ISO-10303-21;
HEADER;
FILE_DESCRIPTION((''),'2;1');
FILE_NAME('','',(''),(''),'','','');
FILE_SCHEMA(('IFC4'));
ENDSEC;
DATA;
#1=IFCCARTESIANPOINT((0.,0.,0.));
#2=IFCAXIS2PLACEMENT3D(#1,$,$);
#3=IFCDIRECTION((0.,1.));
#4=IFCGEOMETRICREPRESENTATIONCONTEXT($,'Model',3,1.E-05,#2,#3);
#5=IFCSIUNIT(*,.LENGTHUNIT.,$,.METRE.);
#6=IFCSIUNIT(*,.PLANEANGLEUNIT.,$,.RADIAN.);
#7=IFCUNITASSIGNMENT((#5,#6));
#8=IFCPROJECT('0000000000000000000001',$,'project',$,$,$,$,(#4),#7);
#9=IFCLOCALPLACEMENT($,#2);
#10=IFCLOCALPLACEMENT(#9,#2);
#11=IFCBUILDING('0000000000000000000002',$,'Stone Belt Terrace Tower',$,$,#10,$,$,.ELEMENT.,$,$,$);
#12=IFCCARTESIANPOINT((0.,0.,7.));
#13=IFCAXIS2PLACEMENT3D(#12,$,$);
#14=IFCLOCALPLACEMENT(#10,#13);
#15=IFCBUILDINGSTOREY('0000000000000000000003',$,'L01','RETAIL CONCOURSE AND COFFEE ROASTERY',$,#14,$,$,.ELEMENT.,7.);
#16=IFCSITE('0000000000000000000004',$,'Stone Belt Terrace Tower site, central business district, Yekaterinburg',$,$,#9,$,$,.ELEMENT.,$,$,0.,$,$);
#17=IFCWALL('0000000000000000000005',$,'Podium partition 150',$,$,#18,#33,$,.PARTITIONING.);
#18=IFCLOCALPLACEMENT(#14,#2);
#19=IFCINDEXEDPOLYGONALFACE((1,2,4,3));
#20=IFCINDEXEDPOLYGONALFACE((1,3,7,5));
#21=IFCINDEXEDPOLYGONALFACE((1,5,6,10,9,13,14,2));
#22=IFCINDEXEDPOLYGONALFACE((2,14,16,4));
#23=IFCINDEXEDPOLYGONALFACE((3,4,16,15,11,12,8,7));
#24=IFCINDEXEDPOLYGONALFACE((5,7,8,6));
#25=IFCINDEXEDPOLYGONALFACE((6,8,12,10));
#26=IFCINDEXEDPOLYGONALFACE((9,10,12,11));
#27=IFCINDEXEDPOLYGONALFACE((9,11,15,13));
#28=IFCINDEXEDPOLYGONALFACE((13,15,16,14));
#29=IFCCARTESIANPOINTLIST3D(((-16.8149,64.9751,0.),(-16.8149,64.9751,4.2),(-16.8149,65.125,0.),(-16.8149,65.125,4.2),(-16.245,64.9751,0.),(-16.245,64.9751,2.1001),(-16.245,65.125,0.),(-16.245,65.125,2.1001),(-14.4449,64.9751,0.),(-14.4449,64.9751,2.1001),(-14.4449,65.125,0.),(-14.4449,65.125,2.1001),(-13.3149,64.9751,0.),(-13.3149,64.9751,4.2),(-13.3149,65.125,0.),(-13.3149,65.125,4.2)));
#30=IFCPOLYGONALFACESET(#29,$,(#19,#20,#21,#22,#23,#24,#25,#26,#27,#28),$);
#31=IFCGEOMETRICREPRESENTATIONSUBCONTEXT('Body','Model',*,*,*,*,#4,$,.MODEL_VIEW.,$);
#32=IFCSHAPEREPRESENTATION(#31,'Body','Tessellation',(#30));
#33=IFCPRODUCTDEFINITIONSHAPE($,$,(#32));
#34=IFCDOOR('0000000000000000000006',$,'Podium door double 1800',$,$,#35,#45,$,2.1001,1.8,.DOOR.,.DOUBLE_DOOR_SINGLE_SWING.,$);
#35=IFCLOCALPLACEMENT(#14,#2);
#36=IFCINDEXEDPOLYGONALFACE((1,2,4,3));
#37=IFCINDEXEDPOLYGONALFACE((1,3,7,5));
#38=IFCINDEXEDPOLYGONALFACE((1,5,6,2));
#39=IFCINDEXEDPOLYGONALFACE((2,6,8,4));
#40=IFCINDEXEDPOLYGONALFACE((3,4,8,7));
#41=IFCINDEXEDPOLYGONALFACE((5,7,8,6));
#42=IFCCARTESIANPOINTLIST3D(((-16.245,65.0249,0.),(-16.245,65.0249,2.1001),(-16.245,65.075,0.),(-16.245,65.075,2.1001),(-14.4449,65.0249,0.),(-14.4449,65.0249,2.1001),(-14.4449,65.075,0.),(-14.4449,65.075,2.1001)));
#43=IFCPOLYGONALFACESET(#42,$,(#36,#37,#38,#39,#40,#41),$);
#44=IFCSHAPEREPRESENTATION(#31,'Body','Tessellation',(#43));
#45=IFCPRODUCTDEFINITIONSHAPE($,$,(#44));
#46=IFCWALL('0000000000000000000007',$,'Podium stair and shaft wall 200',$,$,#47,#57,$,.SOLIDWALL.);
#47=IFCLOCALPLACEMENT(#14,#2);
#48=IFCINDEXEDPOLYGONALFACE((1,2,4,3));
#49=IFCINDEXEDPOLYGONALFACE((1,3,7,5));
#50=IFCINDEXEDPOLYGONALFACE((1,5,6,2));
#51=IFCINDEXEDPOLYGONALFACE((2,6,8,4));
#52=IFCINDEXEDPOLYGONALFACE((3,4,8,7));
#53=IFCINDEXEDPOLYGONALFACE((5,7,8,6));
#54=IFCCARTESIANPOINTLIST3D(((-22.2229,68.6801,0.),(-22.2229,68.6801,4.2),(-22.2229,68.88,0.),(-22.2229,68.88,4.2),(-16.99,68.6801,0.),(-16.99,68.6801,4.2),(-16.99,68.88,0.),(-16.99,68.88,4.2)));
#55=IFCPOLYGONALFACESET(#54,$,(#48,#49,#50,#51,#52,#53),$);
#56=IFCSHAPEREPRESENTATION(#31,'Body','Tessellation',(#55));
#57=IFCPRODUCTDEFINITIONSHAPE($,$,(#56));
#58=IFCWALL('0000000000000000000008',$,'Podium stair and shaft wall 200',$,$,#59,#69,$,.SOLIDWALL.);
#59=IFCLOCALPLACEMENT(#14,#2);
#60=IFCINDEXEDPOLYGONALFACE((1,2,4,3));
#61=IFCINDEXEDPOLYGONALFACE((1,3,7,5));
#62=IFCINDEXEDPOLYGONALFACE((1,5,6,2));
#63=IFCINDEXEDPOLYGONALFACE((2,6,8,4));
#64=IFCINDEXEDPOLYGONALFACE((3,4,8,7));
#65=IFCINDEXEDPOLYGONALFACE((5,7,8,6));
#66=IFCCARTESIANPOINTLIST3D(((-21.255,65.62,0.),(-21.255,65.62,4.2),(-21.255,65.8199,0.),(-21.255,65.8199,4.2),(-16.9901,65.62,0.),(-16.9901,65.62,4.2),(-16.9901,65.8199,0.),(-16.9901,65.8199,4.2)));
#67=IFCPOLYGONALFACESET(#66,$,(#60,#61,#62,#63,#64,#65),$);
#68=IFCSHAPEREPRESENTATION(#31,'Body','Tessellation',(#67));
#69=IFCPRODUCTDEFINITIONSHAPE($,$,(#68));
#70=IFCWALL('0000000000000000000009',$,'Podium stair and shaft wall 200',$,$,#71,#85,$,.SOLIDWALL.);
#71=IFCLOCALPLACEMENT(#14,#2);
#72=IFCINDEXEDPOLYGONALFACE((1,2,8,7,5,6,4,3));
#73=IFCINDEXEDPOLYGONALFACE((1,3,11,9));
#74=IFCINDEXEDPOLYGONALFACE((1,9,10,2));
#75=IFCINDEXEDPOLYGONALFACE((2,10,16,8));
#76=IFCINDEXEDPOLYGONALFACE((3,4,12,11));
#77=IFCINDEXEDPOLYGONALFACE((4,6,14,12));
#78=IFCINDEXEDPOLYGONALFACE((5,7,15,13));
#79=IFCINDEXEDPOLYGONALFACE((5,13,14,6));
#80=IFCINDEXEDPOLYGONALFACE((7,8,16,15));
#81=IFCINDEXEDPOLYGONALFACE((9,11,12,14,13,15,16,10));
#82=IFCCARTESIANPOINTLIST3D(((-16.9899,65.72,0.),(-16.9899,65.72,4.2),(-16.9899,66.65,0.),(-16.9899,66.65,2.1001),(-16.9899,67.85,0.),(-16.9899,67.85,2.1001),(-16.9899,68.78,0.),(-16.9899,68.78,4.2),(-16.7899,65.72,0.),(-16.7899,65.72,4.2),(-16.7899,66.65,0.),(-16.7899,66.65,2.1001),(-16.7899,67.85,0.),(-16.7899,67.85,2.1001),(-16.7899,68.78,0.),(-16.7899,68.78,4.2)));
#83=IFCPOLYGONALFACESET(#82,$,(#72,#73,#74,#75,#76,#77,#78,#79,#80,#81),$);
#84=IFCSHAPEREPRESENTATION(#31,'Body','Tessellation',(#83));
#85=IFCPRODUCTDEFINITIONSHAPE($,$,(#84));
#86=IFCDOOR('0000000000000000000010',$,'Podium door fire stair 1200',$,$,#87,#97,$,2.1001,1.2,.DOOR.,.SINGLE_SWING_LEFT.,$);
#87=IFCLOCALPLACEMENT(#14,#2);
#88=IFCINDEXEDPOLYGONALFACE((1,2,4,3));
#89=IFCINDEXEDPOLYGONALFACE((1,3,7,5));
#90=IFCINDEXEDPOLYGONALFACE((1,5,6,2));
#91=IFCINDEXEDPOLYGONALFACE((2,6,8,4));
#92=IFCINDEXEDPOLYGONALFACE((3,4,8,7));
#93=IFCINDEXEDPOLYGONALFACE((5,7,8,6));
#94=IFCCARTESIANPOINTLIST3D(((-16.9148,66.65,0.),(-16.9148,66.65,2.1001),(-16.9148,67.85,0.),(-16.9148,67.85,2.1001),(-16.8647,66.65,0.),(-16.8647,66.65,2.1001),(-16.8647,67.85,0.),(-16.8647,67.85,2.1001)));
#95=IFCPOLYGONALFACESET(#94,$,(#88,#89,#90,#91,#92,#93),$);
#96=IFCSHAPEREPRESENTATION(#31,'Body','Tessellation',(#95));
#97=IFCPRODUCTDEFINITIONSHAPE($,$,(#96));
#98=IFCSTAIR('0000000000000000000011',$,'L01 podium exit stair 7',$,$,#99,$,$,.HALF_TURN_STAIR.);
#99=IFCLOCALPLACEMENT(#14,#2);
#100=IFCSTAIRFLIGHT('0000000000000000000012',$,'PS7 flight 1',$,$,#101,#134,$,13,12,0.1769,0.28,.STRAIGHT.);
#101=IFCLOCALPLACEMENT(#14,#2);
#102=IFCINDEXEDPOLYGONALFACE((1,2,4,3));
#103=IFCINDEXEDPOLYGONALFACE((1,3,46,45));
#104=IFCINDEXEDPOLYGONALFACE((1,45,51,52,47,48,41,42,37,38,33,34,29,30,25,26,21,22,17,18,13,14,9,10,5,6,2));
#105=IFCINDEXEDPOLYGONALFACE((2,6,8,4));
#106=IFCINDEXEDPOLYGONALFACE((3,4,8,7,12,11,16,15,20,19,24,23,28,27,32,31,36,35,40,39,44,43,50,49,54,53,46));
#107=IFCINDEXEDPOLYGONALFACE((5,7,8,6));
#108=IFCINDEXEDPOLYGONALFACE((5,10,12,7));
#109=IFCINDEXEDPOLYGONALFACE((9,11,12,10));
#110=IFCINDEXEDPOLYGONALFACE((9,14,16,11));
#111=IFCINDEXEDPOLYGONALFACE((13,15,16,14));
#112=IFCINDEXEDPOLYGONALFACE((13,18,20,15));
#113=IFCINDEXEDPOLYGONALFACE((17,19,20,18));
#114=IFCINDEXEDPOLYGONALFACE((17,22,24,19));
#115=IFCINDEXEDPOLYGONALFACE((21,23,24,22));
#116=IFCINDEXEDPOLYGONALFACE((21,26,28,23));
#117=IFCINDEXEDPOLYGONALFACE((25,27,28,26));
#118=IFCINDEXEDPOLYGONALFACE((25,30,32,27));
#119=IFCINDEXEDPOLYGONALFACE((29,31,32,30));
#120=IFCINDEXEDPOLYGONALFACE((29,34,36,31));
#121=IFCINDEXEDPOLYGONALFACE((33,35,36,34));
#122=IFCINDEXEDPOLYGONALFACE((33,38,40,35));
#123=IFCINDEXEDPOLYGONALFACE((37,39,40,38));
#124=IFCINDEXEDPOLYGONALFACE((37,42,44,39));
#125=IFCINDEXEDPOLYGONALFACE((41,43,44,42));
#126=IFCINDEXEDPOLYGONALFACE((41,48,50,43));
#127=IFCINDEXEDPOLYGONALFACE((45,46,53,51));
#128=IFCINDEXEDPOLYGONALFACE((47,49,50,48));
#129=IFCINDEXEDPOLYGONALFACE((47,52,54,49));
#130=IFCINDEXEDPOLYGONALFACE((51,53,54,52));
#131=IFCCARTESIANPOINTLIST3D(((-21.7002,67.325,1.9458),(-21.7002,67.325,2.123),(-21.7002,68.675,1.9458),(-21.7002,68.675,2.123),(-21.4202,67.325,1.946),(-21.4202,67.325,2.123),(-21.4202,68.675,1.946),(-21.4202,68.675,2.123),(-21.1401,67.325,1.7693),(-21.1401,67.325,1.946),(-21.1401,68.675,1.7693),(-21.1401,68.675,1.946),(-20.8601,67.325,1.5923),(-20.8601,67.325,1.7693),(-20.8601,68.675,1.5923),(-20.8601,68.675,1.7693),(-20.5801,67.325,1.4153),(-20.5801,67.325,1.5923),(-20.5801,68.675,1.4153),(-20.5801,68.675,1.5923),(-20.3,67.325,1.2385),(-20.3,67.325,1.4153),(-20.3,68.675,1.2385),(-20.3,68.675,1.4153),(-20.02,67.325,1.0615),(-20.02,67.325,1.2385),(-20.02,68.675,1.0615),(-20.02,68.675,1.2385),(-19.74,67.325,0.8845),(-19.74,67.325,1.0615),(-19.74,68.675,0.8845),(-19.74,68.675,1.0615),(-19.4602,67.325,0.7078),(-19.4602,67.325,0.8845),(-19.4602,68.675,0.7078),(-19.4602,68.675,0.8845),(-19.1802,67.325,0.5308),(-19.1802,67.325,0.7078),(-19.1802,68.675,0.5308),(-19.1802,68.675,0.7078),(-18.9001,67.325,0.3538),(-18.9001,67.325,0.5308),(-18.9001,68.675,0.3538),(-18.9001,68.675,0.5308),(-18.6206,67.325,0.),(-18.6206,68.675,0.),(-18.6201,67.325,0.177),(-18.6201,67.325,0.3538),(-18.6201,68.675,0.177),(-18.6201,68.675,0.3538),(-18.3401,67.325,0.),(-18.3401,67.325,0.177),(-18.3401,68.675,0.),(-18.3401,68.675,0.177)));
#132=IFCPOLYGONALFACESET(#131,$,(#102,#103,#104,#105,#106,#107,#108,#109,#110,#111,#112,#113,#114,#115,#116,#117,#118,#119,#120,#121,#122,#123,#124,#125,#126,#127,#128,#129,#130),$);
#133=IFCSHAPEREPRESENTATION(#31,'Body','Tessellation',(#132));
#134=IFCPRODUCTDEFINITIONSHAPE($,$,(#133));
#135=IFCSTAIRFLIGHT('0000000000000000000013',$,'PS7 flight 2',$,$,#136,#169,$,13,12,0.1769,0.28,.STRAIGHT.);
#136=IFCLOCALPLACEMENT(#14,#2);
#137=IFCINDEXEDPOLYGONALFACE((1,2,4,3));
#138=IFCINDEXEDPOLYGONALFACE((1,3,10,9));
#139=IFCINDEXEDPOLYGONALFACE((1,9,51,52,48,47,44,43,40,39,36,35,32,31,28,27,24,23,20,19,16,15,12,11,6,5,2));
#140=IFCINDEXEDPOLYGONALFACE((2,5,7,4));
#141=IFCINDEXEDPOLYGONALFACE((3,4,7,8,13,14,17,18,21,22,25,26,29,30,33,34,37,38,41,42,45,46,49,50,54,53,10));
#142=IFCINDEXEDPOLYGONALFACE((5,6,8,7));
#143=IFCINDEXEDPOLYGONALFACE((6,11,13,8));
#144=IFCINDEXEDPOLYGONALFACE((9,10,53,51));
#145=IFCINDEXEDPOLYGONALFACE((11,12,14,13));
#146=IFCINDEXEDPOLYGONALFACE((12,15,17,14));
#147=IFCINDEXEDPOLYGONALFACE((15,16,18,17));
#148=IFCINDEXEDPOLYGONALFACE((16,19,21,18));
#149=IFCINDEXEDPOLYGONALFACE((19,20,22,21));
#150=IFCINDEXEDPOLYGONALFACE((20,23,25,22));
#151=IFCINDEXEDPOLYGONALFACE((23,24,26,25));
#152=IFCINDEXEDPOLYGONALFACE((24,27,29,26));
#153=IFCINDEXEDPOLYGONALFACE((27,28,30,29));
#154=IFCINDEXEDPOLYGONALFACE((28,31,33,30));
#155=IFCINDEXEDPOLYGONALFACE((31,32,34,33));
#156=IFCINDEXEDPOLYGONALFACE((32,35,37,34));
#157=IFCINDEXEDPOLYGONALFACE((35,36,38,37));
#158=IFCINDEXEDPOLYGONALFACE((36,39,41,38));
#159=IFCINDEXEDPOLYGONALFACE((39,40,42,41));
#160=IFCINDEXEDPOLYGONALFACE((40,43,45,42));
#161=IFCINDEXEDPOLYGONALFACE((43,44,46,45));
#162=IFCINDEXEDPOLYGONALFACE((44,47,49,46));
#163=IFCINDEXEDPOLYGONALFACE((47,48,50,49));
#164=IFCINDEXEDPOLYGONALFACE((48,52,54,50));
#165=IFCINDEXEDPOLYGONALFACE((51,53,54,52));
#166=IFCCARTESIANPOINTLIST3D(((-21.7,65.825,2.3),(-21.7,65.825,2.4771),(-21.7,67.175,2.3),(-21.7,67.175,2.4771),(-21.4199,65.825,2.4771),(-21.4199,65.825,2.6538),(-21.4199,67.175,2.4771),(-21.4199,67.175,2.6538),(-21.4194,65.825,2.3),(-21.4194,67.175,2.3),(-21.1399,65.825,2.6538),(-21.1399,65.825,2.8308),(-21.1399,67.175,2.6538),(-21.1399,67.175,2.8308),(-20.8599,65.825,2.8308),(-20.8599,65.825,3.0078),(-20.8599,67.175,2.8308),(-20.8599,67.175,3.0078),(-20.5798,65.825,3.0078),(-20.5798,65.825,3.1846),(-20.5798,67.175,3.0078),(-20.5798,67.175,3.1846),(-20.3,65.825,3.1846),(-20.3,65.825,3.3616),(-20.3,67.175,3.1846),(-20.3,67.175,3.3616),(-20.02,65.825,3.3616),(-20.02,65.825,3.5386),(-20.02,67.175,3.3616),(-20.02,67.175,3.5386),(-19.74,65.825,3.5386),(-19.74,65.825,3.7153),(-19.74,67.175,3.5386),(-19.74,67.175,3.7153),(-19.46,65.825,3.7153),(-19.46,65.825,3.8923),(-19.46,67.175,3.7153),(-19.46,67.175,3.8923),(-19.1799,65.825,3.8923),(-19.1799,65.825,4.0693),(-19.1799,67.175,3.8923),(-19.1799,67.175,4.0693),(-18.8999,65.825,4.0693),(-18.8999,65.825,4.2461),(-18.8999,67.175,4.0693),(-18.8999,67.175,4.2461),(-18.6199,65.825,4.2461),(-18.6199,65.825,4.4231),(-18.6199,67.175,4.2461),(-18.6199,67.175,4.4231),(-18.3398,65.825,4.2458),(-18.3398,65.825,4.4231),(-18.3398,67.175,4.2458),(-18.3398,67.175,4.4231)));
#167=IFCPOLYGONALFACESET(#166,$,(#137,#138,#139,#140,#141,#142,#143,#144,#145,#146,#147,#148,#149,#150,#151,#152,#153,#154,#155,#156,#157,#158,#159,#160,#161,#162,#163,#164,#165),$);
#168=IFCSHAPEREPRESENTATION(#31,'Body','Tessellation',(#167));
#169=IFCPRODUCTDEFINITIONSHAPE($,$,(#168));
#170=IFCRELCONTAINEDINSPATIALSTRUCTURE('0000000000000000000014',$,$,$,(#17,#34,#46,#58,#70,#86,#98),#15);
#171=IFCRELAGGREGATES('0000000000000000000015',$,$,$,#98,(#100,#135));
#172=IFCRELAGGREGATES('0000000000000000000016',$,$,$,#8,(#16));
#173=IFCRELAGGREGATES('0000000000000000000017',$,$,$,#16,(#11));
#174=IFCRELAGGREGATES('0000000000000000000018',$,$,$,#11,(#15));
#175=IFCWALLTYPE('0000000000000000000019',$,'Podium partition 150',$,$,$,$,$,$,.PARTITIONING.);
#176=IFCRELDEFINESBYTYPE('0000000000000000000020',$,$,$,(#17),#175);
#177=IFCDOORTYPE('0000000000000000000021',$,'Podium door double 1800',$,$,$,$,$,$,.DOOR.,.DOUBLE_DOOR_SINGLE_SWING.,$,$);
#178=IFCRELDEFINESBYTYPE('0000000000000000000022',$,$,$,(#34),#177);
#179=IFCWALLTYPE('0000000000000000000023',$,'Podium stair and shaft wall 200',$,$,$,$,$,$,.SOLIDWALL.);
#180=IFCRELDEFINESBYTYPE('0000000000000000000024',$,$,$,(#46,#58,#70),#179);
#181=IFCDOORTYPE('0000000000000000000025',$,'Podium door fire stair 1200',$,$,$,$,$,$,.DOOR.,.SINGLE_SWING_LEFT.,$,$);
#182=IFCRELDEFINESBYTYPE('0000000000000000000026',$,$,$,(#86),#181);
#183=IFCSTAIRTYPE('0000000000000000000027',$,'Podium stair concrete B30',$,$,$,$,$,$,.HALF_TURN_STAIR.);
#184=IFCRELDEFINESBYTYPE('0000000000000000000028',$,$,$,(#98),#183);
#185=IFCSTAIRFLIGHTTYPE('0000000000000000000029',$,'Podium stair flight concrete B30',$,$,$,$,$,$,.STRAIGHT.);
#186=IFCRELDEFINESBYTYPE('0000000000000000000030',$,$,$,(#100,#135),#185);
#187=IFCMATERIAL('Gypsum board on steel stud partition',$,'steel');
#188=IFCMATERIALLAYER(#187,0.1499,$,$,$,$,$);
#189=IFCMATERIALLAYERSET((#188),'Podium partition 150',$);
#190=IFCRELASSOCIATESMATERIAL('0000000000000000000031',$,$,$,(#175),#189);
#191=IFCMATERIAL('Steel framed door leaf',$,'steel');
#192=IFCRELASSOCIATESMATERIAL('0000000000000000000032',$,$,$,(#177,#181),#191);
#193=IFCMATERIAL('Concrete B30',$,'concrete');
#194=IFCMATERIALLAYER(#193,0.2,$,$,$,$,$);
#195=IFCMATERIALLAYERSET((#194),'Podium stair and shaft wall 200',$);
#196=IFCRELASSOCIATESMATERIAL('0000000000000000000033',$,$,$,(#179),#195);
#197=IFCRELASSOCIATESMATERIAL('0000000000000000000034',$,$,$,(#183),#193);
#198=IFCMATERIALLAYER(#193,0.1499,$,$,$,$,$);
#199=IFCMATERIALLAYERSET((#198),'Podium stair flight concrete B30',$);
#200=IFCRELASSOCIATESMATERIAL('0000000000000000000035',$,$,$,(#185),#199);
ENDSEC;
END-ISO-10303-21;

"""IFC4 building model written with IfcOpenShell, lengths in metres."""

from ifc_helpers import new_model, si_unit, direction, frame, frame_2d, origin, place, context, subcontext, project, spatial, polyline, rectangle, outline, extrude, material, layer, layer_set, type_object, element, fill, aggregate, save


model = new_model("IFC4")

# Units and contexts
model_context = context("Model", 3, precision=1e-05, world=origin(), true_north=direction((0.0, 1.0)))
body_context = subcontext(model_context, "Body", "Model", "MODEL_VIEW")
ifc_project = project(units=[si_unit("LENGTHUNIT", "METRE"), si_unit("PLANEANGLEUNIT", "RADIAN")], contexts=[model_context])

# Site, building, storey
site_placement = place(None, origin())
site = spatial("IfcSite", under=ifc_project, at=site_placement, Name="Stone Belt Terrace Tower site, central business district, Yekaterinburg", CompositionType="ELEMENT", RefElevation=0.0)
building_placement = place(site_placement, origin())
building = spatial("IfcBuilding", under=site, at=building_placement, Name="Stone Belt Terrace Tower", CompositionType="ELEMENT")
storey_placement = place(building_placement, frame((0.0, 0.0, 7.0)))
storey = spatial("IfcBuildingStorey", under=building, at=storey_placement, Name="L01", Description="RETAIL CONCOURSE AND COFFEE ROASTERY", CompositionType="ELEMENT", Elevation=7.0)

# Shared definitions
ifc_material_1 = material(Name="Steel framed door leaf", Category="steel")

# Shared definitions
ifc_material_2 = material(Name="Gypsum board on steel stud partition", Category="steel")
ifc_layer_1 = layer(ifc_material_2, 0.1499)
ifc_layer_set_1 = layer_set([ifc_layer_1], Name="Podium partition 150")
wall_type_1 = type_object("IfcWallType", Name="Podium partition 150", PredefinedType="PARTITIONING", material=ifc_layer_set_1)

# Wall, opening, door
wall_1_placement = place(storey_placement, frame((-16.8149, 65.05, 0.0), z_axis=(0.0, 0.0, 1.0), x_axis=(1.0, 0.0, 0.0)))
wall_1 = element("IfcWall", 1, at=wall_1_placement, inside=storey, type_object=wall_type_1, Name="Podium partition 150", PredefinedType="PARTITIONING", context=body_context, shape_type="SweptSolid", body=[
    extrude(rectangle(XDim=3.5, YDim=0.1499, at=frame_2d((1.75, 0.0))), origin(), (0.0, 0.0, 1.0), 4.2),
])
opening_1_placement = place(wall_1_placement, frame((0.5701, 0.0, 0.0)))
opening_1 = element("IfcOpeningElement", 2, at=opening_1_placement, cuts=wall_1, PredefinedType="OPENING", context=body_context, shape_type="SweptSolid", body=[
    extrude(rectangle(XDim=1.8, YDim=2.1001, at=frame_2d((0.8999, 1.05))), frame((0.0, 0.085, 0.0), z_axis=(0.0, -1.0, 0.0), x_axis=(1.0, 0.0, 0.0)), (0.0, 0.0, 1.0), 0.1699),
])
door_type_1 = type_object("IfcDoorType", Name="Podium door double 1800", OperationType="DOUBLE_DOOR_SINGLE_SWING", PredefinedType="DOOR", material=ifc_material_1)
door_1_placement = place(opening_1_placement, origin())
door_1 = element("IfcDoor", 3, at=door_1_placement, inside=storey, type_object=door_type_1, Name="Podium door double 1800", OperationType="DOUBLE_DOOR_SINGLE_SWING", OverallHeight=2.1001, OverallWidth=1.8, PredefinedType="DOOR", context=body_context, shape_type="SweptSolid", body=[
    extrude(rectangle(XDim=1.8, YDim=2.1001, at=frame_2d((0.8999, 1.05))), frame((0.0, 0.0249, 0.0), z_axis=(0.0, -1.0, 0.0), x_axis=(1.0, 0.0, 0.0)), (0.0, 0.0, 1.0), 0.05),
])
fill(opening_1, door_1)

# Walls
ifc_material_3 = material(Name="Concrete B30", Category="concrete")
ifc_layer_2 = layer(ifc_material_3, 0.2)
ifc_layer_set_2 = layer_set([ifc_layer_2], Name="Podium stair and shaft wall 200")
wall_type_2 = type_object("IfcWallType", Name="Podium stair and shaft wall 200", PredefinedType="SOLIDWALL", material=ifc_layer_set_2)
wall_2_placement = place(storey_placement, frame((-22.2229, 68.78, 0.0), z_axis=(0.0, 0.0, 1.0), x_axis=(1.0, 0.0, 0.0)))
element("IfcWall", 4, at=wall_2_placement, inside=storey, type_object=wall_type_2, Name="Podium stair and shaft wall 200", PredefinedType="SOLIDWALL", context=body_context, shape_type="SweptSolid", body=[
    extrude(rectangle(XDim=5.2329, YDim=0.2, at=frame_2d((2.6165, 0.0))), origin(), (0.0, 0.0, 1.0), 4.2),
])
wall_3_placement = place(storey_placement, frame((-21.2549, 65.72, 0.0), z_axis=(0.0, 0.0, 1.0), x_axis=(1.0, 0.0, 0.0)))
element("IfcWall", 5, at=wall_3_placement, inside=storey, type_object=wall_type_2, Name="Podium stair and shaft wall 200", PredefinedType="SOLIDWALL", context=body_context, shape_type="SweptSolid", body=[
    extrude(rectangle(XDim=4.2649, YDim=0.2, at=frame_2d((2.1323, 0.0))), origin(), (0.0, 0.0, 1.0), 4.2),
])

# Wall, opening, door
wall_4_placement = place(storey_placement, frame((-16.8899, 65.72, 0.0), z_axis=(0.0, 0.0, 1.0), x_axis=(0.0, 1.0, 0.0)))
wall_4 = element("IfcWall", 6, at=wall_4_placement, inside=storey, type_object=wall_type_2, Name="Podium stair and shaft wall 200", PredefinedType="SOLIDWALL", context=body_context, shape_type="SweptSolid", body=[
    extrude(rectangle(XDim=3.0601, YDim=0.2, at=frame_2d((1.53, 0.0))), origin(), (0.0, 0.0, 1.0), 4.2),
])
opening_2_placement = place(wall_4_placement, frame((0.9299, 0.0, 0.0)))
opening_2 = element("IfcOpeningElement", 7, at=opening_2_placement, cuts=wall_4, PredefinedType="OPENING", context=body_context, shape_type="SweptSolid", body=[
    extrude(rectangle(XDim=1.2, YDim=2.1001, at=frame_2d((0.6001, 1.05))), frame((0.0, 0.1099, 0.0), z_axis=(0.0, -1.0, 0.0), x_axis=(1.0, 0.0, 0.0)), (0.0, 0.0, 1.0), 0.22),
])
door_type_2 = type_object("IfcDoorType", Name="Podium door fire stair 1200", OperationType="SINGLE_SWING_LEFT", PredefinedType="DOOR", material=ifc_material_1)
door_2_placement = place(opening_2_placement, origin())
door_2 = element("IfcDoor", 8, at=door_2_placement, inside=storey, type_object=door_type_2, Name="Podium door fire stair 1200", OperationType="SINGLE_SWING_LEFT", OverallHeight=2.1001, OverallWidth=1.2, PredefinedType="DOOR", context=body_context, shape_type="SweptSolid", body=[
    extrude(rectangle(XDim=1.2, YDim=2.1001, at=frame_2d((0.6001, 1.05))), frame((0.0, 0.0249, 0.0), z_axis=(0.0, -1.0, 0.0), x_axis=(1.0, 0.0, 0.0)), (0.0, 0.0, 1.0), 0.05),
])
fill(opening_2, door_2)

# Stair, stair flights
stair_type = type_object("IfcStairType", Name="Podium stair concrete B30", PredefinedType="HALF_TURN_STAIR", material=ifc_material_3)
stair_placement = place(storey_placement, origin())
stair = element("IfcStair", 9, at=stair_placement, inside=storey, type_object=stair_type, Name="L01 podium exit stair 7", PredefinedType="HALF_TURN_STAIR")
ifc_layer_3 = layer(ifc_material_3, 0.1499)
ifc_layer_set_3 = layer_set([ifc_layer_3], Name="Podium stair flight concrete B30")
stair_flight_type = type_object("IfcStairFlightType", Name="Podium stair flight concrete B30", PredefinedType="STRAIGHT", material=ifc_layer_set_3)
stair_flight_1_placement = place(storey_placement, frame((-18.3401, 68.0, 0.0), z_axis=(0.0, 0.0, 1.0), x_axis=(-1.0, 0.0, 0.0)))
stair_flight_1 = element("IfcStairFlight", 10, at=stair_flight_1_placement, type_object=stair_flight_type, Name="PS7 flight 1", NumberOfRisers=13, NumberOfTreads=12, PredefinedType="STRAIGHT", RiserHeight=0.1769, TreadLength=0.28, context=body_context, shape_type="SweptSolid", body=[
    extrude(outline(polyline([(0.0, 0.0), (0.0, 0.177), (0.28, 0.177), (0.28, 0.3538), (0.5601, 0.3538), (0.5601, 0.5308), (0.8401, 0.5308), (0.8401, 0.7078), (1.1201, 0.7078), (1.1201, 0.8845), (1.3999, 0.8845), (1.3999, 1.0615), (1.6799, 1.0615), (1.6799, 1.2385), (1.96, 1.2385), (1.96, 1.4153), (2.24, 1.4153), (2.24, 1.5923), (2.52, 1.5923), (2.52, 1.7693), (2.8, 1.7693), (2.8, 1.946), (3.0801, 1.946), (3.0801, 2.123), (3.3601, 2.123), (3.3601, 2.3), (3.3601, 1.9458), (0.2805, 0.0), (0.0, 0.0)])), frame((0.0, 0.675, 0.0), z_axis=(0.0, -1.0, 0.0), x_axis=(1.0, 0.0, 0.0)), (0.0, 0.0, 1.0), 1.3501),
])
stair_flight_2_placement = place(storey_placement, frame((-21.7, 66.5, 2.3), z_axis=(0.0, 0.0, 1.0), x_axis=(1.0, 0.0, 0.0)))
stair_flight_2 = element("IfcStairFlight", 11, at=stair_flight_2_placement, type_object=stair_flight_type, Name="PS7 flight 2", NumberOfRisers=13, NumberOfTreads=12, PredefinedType="STRAIGHT", RiserHeight=0.1769, TreadLength=0.28, context=body_context, shape_type="SweptSolid", body=[
    extrude(outline(polyline([(0.0, 0.0), (0.0, 0.177), (0.28, 0.177), (0.28, 0.3538), (0.5601, 0.3538), (0.5601, 0.5308), (0.8401, 0.5308), (0.8401, 0.7078), (1.1201, 0.7078), (1.1201, 0.8845), (1.3999, 0.8845), (1.3999, 1.0615), (1.6799, 1.0615), (1.6799, 1.2385), (1.96, 1.2385), (1.96, 1.4153), (2.24, 1.4153), (2.24, 1.5923), (2.52, 1.5923), (2.52, 1.7693), (2.8, 1.7693), (2.8, 1.946), (3.0801, 1.946), (3.0801, 2.123), (3.3601, 2.123), (3.3601, 2.3), (3.3601, 1.9458), (0.2805, 0.0), (0.0, 0.0)])), frame((0.0, 0.675, 0.0), z_axis=(0.0, -1.0, 0.0), x_axis=(1.0, 0.0, 0.0)), (0.0, 0.0, 1.0), 1.3501),
])
aggregate(stair, [stair_flight_1, stair_flight_2])

save(model, "model.ifc")
